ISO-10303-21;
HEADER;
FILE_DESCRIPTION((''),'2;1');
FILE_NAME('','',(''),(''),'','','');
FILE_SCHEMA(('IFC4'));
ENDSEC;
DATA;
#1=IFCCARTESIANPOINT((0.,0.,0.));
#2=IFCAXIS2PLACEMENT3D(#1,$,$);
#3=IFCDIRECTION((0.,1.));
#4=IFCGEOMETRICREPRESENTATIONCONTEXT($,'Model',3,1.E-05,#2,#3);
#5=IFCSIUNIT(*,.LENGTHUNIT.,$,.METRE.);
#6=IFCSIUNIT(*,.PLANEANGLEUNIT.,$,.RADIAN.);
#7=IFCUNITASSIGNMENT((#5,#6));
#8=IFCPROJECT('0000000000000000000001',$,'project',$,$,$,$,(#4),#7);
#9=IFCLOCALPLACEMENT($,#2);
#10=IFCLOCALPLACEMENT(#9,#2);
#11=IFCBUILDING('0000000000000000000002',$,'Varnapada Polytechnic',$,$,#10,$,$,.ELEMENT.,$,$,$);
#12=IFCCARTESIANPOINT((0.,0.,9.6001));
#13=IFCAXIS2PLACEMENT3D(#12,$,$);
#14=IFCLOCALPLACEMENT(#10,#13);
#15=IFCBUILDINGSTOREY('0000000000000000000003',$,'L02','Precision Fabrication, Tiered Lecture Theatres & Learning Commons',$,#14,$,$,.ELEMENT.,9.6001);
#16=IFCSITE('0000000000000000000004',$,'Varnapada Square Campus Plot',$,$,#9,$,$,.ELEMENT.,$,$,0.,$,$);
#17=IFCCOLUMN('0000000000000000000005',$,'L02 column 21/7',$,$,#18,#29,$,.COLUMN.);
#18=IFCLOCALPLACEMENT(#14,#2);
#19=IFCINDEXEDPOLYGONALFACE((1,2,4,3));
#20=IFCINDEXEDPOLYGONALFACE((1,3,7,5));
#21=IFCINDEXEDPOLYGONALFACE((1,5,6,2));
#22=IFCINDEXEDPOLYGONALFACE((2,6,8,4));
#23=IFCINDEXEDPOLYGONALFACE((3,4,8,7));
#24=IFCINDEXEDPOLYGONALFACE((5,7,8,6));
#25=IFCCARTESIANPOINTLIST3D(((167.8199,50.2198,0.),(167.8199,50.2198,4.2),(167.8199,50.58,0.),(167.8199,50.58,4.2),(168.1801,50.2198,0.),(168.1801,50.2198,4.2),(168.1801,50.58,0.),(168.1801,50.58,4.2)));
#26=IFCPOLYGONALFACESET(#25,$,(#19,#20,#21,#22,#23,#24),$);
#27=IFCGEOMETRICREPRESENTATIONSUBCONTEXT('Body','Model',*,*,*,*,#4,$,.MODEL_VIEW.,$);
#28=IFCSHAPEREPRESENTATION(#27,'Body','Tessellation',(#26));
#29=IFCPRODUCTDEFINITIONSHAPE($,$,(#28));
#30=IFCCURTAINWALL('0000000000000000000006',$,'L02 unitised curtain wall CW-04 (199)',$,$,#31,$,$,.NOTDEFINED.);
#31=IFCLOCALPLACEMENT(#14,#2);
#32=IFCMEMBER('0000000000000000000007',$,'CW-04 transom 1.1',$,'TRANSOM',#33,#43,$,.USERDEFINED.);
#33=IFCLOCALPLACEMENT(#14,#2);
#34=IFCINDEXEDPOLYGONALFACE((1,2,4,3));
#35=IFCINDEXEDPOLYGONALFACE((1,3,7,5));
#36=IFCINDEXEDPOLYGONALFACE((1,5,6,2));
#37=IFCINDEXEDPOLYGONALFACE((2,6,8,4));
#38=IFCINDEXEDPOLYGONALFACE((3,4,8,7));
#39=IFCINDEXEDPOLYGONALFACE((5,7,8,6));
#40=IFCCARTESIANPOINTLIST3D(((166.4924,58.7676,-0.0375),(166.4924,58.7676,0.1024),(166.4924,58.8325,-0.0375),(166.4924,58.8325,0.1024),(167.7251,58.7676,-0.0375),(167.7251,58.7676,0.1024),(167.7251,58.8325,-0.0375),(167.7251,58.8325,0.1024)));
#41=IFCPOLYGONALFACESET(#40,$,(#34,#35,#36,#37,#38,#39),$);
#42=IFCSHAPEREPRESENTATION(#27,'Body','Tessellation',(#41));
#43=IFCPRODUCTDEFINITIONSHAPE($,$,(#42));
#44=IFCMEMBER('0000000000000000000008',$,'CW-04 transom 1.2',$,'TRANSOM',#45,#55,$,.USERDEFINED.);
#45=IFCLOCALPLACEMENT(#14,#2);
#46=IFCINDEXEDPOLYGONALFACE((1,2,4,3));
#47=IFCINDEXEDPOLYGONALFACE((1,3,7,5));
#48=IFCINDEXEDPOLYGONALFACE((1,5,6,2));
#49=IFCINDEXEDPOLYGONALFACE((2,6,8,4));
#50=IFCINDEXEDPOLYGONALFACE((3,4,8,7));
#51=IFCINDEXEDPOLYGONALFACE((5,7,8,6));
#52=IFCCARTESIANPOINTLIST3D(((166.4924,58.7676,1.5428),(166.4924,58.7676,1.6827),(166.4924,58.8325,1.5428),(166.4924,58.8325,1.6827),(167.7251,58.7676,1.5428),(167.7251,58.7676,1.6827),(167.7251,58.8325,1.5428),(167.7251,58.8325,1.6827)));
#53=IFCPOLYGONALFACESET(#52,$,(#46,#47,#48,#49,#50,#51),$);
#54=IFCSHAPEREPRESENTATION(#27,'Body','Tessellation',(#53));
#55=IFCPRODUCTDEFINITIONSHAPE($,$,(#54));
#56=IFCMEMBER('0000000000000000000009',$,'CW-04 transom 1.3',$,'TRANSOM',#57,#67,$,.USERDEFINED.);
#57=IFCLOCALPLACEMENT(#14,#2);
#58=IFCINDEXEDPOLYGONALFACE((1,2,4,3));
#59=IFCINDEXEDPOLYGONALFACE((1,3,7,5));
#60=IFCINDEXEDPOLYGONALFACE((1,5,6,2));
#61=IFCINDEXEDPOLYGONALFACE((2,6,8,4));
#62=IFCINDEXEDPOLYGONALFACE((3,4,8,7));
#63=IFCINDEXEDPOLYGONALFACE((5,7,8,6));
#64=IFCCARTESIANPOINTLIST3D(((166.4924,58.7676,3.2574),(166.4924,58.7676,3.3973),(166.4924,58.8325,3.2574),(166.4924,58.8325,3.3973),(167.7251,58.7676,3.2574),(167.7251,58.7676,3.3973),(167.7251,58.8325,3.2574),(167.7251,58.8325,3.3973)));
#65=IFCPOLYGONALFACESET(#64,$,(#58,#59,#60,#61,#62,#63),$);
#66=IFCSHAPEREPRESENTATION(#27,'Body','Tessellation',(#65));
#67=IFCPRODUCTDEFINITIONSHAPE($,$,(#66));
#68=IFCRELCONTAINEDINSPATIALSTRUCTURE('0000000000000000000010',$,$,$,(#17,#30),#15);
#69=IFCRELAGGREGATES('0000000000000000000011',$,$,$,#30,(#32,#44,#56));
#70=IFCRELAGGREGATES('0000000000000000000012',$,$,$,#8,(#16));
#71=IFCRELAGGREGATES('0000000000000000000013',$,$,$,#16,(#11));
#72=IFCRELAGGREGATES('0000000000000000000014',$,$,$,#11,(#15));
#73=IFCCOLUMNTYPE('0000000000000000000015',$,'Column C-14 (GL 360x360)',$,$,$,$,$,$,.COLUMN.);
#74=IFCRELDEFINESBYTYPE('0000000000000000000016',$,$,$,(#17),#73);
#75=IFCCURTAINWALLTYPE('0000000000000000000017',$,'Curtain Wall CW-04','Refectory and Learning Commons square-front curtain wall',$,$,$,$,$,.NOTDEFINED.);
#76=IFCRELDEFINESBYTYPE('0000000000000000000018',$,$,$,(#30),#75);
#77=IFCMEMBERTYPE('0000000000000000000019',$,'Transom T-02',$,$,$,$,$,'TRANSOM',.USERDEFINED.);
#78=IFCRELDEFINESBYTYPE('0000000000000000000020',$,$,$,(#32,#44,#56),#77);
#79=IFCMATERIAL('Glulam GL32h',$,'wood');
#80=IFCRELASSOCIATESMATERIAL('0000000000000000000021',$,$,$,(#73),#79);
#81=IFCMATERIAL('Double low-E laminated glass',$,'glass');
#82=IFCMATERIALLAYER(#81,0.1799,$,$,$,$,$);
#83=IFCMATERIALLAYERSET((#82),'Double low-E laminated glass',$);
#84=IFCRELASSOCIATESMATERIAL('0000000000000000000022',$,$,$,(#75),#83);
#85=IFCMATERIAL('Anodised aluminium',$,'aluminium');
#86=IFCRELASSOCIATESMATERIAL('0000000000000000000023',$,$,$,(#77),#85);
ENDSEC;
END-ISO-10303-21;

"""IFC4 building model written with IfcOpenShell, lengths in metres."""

from ifc_helpers import new_model, si_unit, direction, frame, origin, origin_2d, place, context, subcontext, project, spatial, rectangle, extrude, material, layer, layer_set, material_profile, profile_set, type_object, element, aggregate, save


model = new_model("IFC4")

# Units and contexts
model_context = context("Model", 3, precision=1e-05, world=origin(), true_north=direction((0.0, 1.0)))
body_context = subcontext(model_context, "Body", "Model", "MODEL_VIEW")
ifc_project = project(units=[si_unit("LENGTHUNIT", "METRE"), si_unit("PLANEANGLEUNIT", "RADIAN")], contexts=[model_context])

# Site, building, storey
site_placement = place(None, origin())
site = spatial("IfcSite", under=ifc_project, at=site_placement, Name="Varnapada Square Campus Plot", CompositionType="ELEMENT", RefElevation=0.0)
building_placement = place(site_placement, origin())
building = spatial("IfcBuilding", under=site, at=building_placement, Name="Varnapada Polytechnic", CompositionType="ELEMENT")
storey_placement = place(building_placement, frame((0.0, 0.0, 9.6001)))
storey = spatial("IfcBuildingStorey", under=building, at=storey_placement, Name="L02", Description="Precision Fabrication, Tiered Lecture Theatres & Learning Commons", CompositionType="ELEMENT", Elevation=9.6001)

# Column
ifc_material_1 = material(Name="Glulam GL32h", Category="wood")
ifc_material_profile_1 = material_profile(ifc_material_1, rectangle(XDim=0.3601, YDim=0.3601, at=origin_2d()), Name="GL 360x360")
ifc_profile_set_1 = profile_set([ifc_material_profile_1], Name="Glulam GL32h")
column_type = type_object("IfcColumnType", Name="Column C-14 (GL 360x360)", PredefinedType="COLUMN", material=ifc_profile_set_1)
column_placement = place(storey_placement, frame((168.0, 50.3999, 0.0), z_axis=(0.0, 0.0, 1.0), x_axis=(1.0, 0.0, 0.0)))
element("IfcColumn", 1, at=column_placement, inside=storey, type_object=column_type, Name="L02 column 21/7", PredefinedType="COLUMN", context=body_context, shape_type="SweptSolid", body=[
    extrude(rectangle(XDim=0.3601, YDim=0.3601, at=origin_2d()), origin(), (0.0, 0.0, 1.0), 4.2),
])

# Curtain wall, members
ifc_material_2 = material(Name="Double low-E laminated glass", Category="glass")
ifc_layer_1 = layer(ifc_material_2, 0.1799)
ifc_layer_set_1 = layer_set([ifc_layer_1], Name="Double low-E laminated glass")
curtain_wall_type = type_object("IfcCurtainWallType", Name="Curtain Wall CW-04", Description="Refectory and Learning Commons square-front curtain wall", PredefinedType="NOTDEFINED", material=ifc_layer_set_1)
curtain_wall_placement = place(storey_placement, origin())
curtain_wall = element("IfcCurtainWall", 2, at=curtain_wall_placement, inside=storey, type_object=curtain_wall_type, Name="L02 unitised curtain wall CW-04 (199)", PredefinedType="NOTDEFINED")
ifc_material_3 = material(Name="Anodised aluminium", Category="aluminium")
ifc_material_profile_2 = material_profile(ifc_material_3, rectangle(XDim=0.0649, YDim=0.1399, at=origin_2d()), Name="ALU T65x140")
ifc_profile_set_2 = profile_set([ifc_material_profile_2], Name="Anodised aluminium")
member_type = type_object("IfcMemberType", Name="Transom T-02", ElementType="TRANSOM", PredefinedType="USERDEFINED", material=ifc_profile_set_2)
member_1_placement = place(storey_placement, frame((167.7251, 58.8, 0.0325), z_axis=(-1.0, 0.0, 0.0), x_axis=(0.0, -1.0, 0.0)))
member_1 = element("IfcMember", 3, at=member_1_placement, type_object=member_type, Name="CW-04 transom 1.1", ObjectType="TRANSOM", PredefinedType="USERDEFINED", context=body_context, shape_type="SweptSolid", body=[
    extrude(rectangle(XDim=0.0649, YDim=0.1399, at=origin_2d()), origin(), (0.0, 0.0, 1.0), 1.2327),
])
member_2_placement = place(storey_placement, frame((167.7251, 58.8, 1.6128), z_axis=(-1.0, 0.0, 0.0), x_axis=(0.0, -1.0, 0.0)))
member_2 = element("IfcMember", 4, at=member_2_placement, type_object=member_type, Name="CW-04 transom 1.2", ObjectType="TRANSOM", PredefinedType="USERDEFINED", context=body_context, shape_type="SweptSolid", body=[
    extrude(rectangle(XDim=0.0649, YDim=0.1399, at=origin_2d()), origin(), (0.0, 0.0, 1.0), 1.2327),
])
member_3_placement = place(storey_placement, frame((167.7251, 58.8, 3.3274), z_axis=(-1.0, 0.0, 0.0), x_axis=(0.0, -1.0, 0.0)))
member_3 = element("IfcMember", 5, at=member_3_placement, type_object=member_type, Name="CW-04 transom 1.3", ObjectType="TRANSOM", PredefinedType="USERDEFINED", context=body_context, shape_type="SweptSolid", body=[
    extrude(rectangle(XDim=0.0649, YDim=0.1399, at=origin_2d()), origin(), (0.0, 0.0, 1.0), 1.2327),
])
aggregate(curtain_wall, [member_1, member_2, member_3])

save(model, "model.ifc")
